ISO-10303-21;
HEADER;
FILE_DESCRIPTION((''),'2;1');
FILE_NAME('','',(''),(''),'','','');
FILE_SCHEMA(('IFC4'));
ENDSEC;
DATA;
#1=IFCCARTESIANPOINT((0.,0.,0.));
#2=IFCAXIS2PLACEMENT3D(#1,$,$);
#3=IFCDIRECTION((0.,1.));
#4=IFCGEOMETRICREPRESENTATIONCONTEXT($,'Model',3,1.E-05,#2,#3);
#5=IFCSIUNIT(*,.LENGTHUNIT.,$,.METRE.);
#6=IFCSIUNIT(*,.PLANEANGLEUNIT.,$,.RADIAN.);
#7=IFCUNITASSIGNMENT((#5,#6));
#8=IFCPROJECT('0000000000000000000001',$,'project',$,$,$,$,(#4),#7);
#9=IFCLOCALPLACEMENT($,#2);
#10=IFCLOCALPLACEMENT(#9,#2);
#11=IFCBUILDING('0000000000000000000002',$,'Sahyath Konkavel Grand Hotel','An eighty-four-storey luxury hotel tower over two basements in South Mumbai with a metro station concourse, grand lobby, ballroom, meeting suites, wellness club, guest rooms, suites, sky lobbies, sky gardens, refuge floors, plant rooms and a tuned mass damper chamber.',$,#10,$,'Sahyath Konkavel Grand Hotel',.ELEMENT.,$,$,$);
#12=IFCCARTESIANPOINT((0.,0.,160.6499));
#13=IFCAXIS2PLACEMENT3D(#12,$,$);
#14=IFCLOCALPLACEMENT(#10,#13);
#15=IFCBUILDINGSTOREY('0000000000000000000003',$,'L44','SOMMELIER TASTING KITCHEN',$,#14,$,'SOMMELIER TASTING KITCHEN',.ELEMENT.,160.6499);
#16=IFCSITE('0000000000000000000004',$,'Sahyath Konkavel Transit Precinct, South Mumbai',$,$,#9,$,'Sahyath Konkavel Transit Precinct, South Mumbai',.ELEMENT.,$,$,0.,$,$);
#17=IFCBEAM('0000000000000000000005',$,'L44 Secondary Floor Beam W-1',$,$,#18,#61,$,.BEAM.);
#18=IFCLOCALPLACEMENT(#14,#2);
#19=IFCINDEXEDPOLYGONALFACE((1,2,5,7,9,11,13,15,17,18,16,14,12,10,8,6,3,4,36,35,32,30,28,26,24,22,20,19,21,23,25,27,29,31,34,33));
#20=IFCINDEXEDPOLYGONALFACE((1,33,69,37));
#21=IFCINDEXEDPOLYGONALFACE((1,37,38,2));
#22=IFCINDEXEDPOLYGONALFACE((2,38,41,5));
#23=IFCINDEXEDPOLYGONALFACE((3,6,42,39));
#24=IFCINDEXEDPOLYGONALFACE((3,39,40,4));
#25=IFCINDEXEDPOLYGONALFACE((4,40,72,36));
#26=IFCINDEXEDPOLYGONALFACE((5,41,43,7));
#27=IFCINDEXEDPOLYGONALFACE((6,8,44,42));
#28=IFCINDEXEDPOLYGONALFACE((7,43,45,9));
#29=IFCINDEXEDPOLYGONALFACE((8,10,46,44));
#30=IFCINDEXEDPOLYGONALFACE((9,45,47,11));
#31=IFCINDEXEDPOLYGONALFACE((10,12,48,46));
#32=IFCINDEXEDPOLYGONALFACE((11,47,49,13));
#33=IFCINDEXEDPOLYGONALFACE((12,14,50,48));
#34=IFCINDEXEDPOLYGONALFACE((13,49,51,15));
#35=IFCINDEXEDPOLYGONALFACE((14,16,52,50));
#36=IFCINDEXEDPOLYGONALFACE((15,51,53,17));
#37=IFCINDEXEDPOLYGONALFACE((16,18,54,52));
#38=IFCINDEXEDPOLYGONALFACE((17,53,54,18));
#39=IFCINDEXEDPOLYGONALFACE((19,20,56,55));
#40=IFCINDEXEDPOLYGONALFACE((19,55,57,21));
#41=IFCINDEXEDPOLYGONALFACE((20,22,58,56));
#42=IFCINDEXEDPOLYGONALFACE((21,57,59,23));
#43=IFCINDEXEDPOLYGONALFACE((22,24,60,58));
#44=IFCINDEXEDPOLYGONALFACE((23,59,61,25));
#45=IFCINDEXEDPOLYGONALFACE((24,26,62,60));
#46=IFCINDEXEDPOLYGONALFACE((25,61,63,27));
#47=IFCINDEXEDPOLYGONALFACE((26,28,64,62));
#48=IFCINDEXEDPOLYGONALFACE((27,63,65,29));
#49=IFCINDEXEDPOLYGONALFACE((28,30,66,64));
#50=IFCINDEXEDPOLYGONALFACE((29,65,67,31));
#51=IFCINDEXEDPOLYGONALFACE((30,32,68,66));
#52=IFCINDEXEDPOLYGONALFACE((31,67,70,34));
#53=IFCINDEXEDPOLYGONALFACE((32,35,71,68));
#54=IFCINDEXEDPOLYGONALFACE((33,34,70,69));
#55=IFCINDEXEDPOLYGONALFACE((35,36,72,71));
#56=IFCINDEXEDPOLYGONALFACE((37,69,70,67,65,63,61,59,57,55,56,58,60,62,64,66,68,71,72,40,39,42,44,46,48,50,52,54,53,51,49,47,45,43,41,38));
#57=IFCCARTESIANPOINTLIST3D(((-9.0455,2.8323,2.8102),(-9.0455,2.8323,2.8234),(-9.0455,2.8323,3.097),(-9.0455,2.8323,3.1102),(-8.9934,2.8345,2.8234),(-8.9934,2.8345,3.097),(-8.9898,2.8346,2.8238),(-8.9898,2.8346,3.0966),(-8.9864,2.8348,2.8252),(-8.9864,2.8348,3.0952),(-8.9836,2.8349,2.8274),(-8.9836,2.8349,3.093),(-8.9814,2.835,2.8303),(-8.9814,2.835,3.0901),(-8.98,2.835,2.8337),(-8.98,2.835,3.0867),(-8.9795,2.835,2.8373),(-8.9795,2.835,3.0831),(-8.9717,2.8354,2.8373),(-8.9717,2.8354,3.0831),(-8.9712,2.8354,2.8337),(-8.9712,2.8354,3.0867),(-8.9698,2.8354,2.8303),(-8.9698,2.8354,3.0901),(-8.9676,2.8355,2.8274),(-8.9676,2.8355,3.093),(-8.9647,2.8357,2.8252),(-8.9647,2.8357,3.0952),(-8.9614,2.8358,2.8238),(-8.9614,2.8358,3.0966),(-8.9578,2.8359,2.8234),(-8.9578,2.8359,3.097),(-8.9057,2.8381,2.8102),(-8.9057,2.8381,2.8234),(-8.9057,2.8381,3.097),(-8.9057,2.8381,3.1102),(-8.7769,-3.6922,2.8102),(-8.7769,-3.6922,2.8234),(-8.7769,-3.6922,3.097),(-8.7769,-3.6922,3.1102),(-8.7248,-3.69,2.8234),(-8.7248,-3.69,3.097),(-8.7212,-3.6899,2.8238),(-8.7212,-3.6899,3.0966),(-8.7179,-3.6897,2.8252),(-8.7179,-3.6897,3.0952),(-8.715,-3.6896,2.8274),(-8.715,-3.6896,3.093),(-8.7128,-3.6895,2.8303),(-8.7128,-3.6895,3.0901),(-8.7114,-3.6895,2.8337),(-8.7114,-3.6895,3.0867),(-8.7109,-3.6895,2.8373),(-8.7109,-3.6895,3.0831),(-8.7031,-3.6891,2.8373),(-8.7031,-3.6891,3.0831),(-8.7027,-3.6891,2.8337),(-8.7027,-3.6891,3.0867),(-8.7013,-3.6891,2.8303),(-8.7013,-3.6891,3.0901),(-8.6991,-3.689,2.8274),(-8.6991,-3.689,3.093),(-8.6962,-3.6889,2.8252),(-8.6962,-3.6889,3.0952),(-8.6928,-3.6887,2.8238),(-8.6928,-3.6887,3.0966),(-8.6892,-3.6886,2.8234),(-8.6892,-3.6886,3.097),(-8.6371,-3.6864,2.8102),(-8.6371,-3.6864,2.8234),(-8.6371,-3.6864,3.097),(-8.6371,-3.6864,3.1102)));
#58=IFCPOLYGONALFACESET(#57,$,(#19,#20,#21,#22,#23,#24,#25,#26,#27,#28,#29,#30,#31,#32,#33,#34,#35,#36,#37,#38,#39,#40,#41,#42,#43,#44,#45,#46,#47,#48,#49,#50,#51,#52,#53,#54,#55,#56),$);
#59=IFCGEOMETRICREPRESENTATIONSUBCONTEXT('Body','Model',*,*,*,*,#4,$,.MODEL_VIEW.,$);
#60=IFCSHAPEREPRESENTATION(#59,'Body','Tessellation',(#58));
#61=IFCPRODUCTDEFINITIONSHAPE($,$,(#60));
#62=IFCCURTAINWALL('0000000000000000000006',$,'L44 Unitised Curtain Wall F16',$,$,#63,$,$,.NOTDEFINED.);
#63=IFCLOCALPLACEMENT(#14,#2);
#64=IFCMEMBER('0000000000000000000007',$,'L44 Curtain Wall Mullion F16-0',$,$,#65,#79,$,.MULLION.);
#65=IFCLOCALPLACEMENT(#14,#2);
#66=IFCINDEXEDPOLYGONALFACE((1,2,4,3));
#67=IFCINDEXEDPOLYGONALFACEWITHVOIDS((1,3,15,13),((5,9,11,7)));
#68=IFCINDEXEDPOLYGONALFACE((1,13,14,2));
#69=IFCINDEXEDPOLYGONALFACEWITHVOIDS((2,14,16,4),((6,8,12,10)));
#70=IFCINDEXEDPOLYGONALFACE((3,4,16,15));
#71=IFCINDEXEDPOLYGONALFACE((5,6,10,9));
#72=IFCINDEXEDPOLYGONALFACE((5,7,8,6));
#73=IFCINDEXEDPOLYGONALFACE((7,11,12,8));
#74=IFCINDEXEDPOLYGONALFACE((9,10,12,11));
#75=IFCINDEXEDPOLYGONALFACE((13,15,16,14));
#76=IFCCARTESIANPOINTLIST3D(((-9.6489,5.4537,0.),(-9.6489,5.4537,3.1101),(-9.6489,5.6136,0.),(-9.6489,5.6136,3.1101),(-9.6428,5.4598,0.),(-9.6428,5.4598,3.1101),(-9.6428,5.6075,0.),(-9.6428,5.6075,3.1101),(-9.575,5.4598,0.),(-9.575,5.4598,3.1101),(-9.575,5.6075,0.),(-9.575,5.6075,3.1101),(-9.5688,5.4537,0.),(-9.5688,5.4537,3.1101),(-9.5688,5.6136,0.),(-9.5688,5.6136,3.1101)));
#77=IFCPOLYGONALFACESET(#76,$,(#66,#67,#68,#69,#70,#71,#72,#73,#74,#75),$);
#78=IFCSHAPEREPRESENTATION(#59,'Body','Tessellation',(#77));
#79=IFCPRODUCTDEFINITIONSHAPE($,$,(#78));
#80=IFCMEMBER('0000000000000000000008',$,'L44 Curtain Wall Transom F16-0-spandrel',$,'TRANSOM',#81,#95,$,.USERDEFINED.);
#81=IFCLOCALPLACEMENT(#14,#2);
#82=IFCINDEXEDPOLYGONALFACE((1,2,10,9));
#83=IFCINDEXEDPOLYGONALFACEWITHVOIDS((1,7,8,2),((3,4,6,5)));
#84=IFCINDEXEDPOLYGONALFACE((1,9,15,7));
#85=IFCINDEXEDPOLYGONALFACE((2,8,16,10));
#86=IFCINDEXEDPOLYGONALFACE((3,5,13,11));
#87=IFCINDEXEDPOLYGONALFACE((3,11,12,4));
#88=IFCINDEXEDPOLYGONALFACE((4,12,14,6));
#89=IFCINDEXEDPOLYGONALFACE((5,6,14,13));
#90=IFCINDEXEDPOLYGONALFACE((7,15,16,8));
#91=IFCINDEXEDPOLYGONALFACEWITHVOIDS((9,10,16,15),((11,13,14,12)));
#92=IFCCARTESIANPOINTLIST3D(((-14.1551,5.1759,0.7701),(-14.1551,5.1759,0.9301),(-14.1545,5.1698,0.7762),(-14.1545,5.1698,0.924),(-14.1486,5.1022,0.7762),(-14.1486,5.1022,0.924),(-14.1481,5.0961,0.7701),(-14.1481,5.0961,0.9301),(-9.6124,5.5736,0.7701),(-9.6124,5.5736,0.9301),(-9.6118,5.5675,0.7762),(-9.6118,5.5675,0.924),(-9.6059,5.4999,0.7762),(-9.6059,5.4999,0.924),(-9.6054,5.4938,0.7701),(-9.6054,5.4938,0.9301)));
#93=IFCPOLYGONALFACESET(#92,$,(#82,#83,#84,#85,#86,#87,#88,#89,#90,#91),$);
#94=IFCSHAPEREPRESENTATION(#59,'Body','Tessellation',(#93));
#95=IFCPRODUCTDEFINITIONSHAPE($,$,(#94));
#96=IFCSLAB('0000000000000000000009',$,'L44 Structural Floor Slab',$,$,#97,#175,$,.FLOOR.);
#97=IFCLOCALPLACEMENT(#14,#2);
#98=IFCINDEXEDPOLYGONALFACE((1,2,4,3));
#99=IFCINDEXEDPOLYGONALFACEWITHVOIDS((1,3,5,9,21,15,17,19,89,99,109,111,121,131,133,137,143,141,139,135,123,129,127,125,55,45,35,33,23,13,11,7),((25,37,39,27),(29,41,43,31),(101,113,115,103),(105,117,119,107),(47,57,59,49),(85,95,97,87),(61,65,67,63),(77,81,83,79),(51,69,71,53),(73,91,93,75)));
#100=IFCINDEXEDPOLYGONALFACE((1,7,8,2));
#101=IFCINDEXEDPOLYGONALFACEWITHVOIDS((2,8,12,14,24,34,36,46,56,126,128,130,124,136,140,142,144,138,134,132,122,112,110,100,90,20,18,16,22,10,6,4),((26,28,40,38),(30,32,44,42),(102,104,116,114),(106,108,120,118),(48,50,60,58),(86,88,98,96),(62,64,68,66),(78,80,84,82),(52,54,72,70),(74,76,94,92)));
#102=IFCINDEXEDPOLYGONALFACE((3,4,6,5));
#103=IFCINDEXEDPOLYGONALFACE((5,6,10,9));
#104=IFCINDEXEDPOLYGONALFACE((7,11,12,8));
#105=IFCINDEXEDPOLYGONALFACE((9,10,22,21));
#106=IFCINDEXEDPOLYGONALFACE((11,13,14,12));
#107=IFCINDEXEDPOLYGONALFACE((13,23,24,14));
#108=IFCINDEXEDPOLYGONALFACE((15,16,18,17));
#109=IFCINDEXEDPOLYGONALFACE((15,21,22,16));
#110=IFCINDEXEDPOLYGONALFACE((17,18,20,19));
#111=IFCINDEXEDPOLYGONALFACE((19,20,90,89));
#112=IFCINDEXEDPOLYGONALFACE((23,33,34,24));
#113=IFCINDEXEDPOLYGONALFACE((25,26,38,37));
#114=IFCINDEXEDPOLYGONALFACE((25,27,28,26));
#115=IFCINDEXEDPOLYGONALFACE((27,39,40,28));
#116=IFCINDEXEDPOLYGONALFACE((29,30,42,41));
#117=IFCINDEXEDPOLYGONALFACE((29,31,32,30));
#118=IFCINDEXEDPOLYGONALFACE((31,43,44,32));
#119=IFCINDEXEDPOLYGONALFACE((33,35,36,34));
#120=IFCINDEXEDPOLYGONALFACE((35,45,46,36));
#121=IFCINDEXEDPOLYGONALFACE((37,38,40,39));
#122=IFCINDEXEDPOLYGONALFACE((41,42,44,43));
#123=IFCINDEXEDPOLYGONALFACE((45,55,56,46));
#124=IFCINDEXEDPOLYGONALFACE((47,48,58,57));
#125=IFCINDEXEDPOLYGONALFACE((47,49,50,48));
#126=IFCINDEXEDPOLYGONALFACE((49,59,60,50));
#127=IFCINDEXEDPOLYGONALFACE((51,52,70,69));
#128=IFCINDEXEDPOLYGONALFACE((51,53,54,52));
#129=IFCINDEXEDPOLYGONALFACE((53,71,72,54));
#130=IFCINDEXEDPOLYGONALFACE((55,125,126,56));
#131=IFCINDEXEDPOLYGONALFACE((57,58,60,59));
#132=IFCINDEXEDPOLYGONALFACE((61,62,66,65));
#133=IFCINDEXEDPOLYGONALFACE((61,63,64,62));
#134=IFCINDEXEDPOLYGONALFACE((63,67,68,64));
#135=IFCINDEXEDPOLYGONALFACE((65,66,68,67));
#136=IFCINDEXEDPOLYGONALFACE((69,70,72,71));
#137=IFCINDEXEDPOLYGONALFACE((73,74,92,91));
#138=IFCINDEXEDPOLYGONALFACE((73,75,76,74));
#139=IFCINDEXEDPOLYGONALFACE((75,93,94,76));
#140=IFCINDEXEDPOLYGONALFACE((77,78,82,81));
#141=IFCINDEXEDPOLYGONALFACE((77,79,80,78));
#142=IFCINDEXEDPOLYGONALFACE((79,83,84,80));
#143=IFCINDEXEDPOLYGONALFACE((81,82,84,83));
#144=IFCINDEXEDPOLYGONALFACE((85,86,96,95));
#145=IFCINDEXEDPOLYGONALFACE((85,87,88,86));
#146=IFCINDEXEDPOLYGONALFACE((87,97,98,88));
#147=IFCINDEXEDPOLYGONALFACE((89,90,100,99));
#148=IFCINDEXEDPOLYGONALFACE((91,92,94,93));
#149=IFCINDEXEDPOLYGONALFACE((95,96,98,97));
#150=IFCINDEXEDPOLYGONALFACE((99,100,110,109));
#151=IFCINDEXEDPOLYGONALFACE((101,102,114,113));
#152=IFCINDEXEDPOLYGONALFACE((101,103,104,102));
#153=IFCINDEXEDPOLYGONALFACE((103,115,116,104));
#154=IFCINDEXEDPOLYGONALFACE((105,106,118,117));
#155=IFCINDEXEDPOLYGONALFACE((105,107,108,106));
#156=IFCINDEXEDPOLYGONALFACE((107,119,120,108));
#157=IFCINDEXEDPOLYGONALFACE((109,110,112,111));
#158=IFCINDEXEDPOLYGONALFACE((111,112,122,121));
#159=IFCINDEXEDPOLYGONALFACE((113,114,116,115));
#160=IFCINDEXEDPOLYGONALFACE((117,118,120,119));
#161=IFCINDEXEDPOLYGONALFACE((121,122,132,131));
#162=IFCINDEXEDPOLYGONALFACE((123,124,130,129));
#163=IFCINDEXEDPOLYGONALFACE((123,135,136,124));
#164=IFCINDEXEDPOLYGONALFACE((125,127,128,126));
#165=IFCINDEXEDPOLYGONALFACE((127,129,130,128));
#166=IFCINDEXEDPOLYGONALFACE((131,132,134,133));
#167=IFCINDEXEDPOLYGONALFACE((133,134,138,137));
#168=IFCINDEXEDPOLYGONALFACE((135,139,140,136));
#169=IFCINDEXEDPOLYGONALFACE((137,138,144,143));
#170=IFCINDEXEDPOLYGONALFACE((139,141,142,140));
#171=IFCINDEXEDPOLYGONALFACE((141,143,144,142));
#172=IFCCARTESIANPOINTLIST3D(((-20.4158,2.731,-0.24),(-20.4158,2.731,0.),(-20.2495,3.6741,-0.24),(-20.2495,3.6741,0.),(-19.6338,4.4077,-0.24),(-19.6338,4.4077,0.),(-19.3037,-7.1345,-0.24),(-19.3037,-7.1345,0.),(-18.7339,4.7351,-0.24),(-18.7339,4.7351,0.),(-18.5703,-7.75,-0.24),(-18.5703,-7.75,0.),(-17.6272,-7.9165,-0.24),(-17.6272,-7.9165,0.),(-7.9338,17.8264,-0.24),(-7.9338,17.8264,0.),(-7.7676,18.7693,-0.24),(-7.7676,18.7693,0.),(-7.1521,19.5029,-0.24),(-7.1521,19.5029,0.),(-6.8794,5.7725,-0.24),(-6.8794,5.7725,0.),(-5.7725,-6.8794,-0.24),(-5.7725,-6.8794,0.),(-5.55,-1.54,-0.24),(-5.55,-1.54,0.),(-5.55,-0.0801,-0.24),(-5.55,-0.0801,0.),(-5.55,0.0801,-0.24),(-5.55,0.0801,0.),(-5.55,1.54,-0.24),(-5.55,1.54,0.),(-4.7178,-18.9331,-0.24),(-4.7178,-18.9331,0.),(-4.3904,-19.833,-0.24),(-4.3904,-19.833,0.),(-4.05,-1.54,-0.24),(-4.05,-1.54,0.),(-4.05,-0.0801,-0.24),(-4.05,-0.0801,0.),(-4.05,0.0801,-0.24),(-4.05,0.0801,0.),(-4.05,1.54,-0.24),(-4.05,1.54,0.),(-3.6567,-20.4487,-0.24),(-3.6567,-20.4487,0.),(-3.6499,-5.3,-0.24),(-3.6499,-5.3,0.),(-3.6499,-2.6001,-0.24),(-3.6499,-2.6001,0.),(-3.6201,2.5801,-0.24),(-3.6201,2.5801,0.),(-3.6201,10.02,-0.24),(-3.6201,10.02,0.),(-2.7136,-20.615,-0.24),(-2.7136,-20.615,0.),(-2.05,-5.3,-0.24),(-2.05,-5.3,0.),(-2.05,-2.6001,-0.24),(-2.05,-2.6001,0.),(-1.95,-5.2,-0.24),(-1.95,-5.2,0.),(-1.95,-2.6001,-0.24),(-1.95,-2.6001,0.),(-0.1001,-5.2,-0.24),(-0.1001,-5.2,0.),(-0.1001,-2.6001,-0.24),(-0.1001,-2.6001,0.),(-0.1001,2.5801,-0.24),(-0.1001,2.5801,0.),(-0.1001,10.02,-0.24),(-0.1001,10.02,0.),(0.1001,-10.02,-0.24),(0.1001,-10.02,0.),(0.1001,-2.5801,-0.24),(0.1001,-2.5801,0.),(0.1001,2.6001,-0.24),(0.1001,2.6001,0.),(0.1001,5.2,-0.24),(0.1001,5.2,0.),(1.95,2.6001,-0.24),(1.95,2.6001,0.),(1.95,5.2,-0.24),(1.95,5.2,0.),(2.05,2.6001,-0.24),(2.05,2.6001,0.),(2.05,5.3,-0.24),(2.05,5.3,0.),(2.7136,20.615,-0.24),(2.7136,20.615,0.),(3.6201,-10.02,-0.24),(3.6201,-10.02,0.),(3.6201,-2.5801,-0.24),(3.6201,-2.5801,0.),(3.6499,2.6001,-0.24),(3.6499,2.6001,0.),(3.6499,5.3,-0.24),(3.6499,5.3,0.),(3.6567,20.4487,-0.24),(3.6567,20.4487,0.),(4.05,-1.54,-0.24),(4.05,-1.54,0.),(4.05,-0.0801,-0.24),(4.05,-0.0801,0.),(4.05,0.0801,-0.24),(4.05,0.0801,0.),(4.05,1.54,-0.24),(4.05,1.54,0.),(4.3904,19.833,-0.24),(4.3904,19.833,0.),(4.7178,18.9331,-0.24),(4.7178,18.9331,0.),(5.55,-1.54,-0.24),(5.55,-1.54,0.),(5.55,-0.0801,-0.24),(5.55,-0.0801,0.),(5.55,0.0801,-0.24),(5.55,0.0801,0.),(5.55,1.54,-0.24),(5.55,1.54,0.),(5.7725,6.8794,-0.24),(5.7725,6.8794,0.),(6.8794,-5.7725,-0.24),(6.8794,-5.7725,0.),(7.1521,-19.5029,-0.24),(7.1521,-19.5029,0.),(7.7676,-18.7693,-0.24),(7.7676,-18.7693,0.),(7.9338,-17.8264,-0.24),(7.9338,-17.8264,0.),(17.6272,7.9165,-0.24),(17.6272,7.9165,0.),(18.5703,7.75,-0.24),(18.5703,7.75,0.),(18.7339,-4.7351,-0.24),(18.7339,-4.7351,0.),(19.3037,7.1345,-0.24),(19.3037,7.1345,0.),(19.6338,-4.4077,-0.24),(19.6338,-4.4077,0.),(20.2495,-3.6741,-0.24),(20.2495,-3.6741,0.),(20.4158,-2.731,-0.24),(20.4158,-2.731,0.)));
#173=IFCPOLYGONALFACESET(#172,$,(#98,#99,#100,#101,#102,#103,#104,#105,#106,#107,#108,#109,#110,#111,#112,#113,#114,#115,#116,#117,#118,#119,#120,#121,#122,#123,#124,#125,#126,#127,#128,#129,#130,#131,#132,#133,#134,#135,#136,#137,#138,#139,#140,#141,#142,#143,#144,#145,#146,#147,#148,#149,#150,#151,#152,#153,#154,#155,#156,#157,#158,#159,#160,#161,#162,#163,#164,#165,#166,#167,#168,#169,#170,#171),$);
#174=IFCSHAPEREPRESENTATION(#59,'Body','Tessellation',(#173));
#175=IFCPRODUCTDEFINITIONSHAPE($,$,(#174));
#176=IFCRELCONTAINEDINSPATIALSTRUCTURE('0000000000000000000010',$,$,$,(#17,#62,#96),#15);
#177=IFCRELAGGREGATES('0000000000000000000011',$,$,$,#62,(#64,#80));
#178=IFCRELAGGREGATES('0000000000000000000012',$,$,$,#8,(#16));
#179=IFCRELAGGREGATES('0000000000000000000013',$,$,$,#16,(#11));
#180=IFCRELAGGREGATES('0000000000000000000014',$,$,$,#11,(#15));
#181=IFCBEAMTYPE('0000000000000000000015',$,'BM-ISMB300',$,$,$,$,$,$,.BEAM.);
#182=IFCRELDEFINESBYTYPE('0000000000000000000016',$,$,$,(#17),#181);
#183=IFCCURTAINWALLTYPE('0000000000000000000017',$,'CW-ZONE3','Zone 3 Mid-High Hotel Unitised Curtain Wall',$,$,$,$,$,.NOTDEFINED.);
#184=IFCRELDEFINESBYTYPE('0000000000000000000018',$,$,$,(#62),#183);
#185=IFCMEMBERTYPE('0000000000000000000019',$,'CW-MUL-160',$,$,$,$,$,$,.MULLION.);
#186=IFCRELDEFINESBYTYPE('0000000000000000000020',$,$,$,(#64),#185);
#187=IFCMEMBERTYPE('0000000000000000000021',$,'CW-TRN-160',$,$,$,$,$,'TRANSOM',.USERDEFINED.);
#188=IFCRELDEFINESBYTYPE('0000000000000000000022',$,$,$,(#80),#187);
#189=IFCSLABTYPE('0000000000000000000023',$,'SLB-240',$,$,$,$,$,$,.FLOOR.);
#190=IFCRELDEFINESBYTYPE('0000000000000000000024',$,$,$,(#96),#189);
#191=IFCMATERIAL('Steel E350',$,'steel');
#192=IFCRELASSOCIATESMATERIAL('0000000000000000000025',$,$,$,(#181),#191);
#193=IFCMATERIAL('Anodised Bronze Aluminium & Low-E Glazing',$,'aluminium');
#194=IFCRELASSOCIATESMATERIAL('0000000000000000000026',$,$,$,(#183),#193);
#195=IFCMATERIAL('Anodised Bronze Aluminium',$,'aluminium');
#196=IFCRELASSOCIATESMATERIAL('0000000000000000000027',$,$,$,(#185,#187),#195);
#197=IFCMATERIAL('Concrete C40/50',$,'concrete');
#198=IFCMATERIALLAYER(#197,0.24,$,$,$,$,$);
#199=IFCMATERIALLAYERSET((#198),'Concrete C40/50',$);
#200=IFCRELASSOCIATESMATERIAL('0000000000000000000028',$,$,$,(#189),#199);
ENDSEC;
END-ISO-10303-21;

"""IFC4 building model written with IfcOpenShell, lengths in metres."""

from ifc_helpers import new_model, si_unit, direction, frame, origin, origin_2d, place, context, subcontext, project, spatial, polyline, hollow_rectangle, i_section, outline, extrude, source, transform, mapped, material, layer, layer_set, material_profile, profile_set, type_object, element, aggregate, save


model = new_model("IFC4")

# Units and contexts
model_context = context("Model", 3, precision=1e-05, world=origin(), true_north=direction((0.0, 1.0)))
body_context = subcontext(model_context, "Body", "Model", "MODEL_VIEW")
ifc_project = project(units=[si_unit("LENGTHUNIT", "METRE"), si_unit("PLANEANGLEUNIT", "RADIAN")], contexts=[model_context])

# Site, building, storey
site_placement = place(None, origin())
site = spatial("IfcSite", under=ifc_project, at=site_placement, Name="Sahyath Konkavel Transit Precinct, South Mumbai", LongName="Sahyath Konkavel Transit Precinct, South Mumbai", CompositionType="ELEMENT", RefElevation=0.0)
building_placement = place(site_placement, origin())
building = spatial("IfcBuilding", under=site, at=building_placement, Name="Sahyath Konkavel Grand Hotel", Description="An eighty-four-storey luxury hotel tower over two basements in South Mumbai with a metro station concourse, grand lobby, ballroom, meeting suites, wellness club, guest rooms, suites, sky lobbies, sky gardens, refuge floors, plant rooms and a tuned mass damper chamber.", LongName="Sahyath Konkavel Grand Hotel", CompositionType="ELEMENT")
storey_placement = place(building_placement, frame((0.0, 0.0, 160.6499)))
storey = spatial("IfcBuildingStorey", under=building, at=storey_placement, Name="L44", Description="SOMMELIER TASTING KITCHEN", LongName="SOMMELIER TASTING KITCHEN", CompositionType="ELEMENT", Elevation=160.6499)

# Beam
ifc_material_1 = material(Name="Steel E350", Category="steel")
ifc_material_profile_1 = material_profile(ifc_material_1, i_section(OverallWidth=0.1399, OverallDepth=0.3, WebThickness=0.0078, FlangeThickness=0.0132, FilletRadius=0.0139, at=origin_2d()), Name="ISMB 300")
ifc_profile_set_1 = profile_set([ifc_material_profile_1], Name="Steel E350")
beam_type_1 = type_object("IfcBeamType", Name="BM-ISMB300", PredefinedType="BEAM", material=ifc_profile_set_1)
shared_shape_1 = source(origin(), body_context, "Body", "SweptSolid", [
    extrude(i_section(OverallWidth=0.1399, OverallDepth=0.3, WebThickness=0.0078, FlangeThickness=0.0132, FilletRadius=0.0139, at=origin_2d()), origin(), (0.0, 0.0, 1.0), 6.53),
])
beam_1_placement = place(storey_placement, frame((-8.9756, 2.8352, 2.9602), z_axis=(0.041127, -0.999154, 0.0), x_axis=(0.999154, 0.041127, 0.0)))
element("IfcBeam", 1, at=beam_1_placement, inside=storey, type_object=beam_type_1, Name="L44 Secondary Floor Beam W-1", PredefinedType="BEAM", context=body_context, shape_type="MappedRepresentation", body=[
    mapped(shared_shape_1, transform((0.0, 0.0, 0.0), scale=1.0)),
])

# Curtain wall, members
ifc_material_2 = material(Name="Anodised Bronze Aluminium & Low-E Glazing", Category="aluminium")
curtain_wall_type = type_object("IfcCurtainWallType", Name="CW-ZONE3", Description="Zone 3 Mid-High Hotel Unitised Curtain Wall", PredefinedType="NOTDEFINED", material=ifc_material_2)
curtain_wall_placement = place(storey_placement, origin())
curtain_wall = element("IfcCurtainWall", 2, at=curtain_wall_placement, inside=storey, type_object=curtain_wall_type, Name="L44 Unitised Curtain Wall F16", PredefinedType="NOTDEFINED")
ifc_material_3 = material(Name="Anodised Bronze Aluminium", Category="aluminium")
ifc_material_profile_2 = material_profile(ifc_material_3, hollow_rectangle(XDim=0.0801, YDim=0.1599, WallThickness=0.0061, at=origin_2d()), Name="RHS 160x80x6")
ifc_profile_set_2 = profile_set([ifc_material_profile_2], Name="Anodised Bronze Aluminium")
member_type_1 = type_object("IfcMemberType", Name="CW-MUL-160", PredefinedType="MULLION", material=ifc_profile_set_2)
shared_shape_2 = source(origin(), body_context, "Body", "SweptSolid", [
    extrude(hollow_rectangle(XDim=0.0801, YDim=0.1599, WallThickness=0.0061, at=origin_2d()), origin(), (0.0, 0.0, 1.0), 3.1101),
])
member_1_placement = place(storey_placement, frame((-9.6089, 5.5337, 0.0), z_axis=(0.0, 0.0, 1.0), x_axis=(1.0, 0.0, 0.0)))
member_1 = element("IfcMember", 3, at=member_1_placement, type_object=member_type_1, Name="L44 Curtain Wall Mullion F16-0", PredefinedType="MULLION", context=body_context, shape_type="MappedRepresentation", body=[
    mapped(shared_shape_2, transform((0.0, 0.0, 0.0), scale=1.0)),
])
ifc_material_profile_3 = material_profile(ifc_material_3, hollow_rectangle(XDim=0.0801, YDim=0.1599, WallThickness=0.0061, at=origin_2d()), Name="RHS 160x80x6")
ifc_profile_set_3 = profile_set([ifc_material_profile_3], Name="Anodised Bronze Aluminium")
member_type_2 = type_object("IfcMemberType", Name="CW-TRN-160", ElementType="TRANSOM", PredefinedType="USERDEFINED", material=ifc_profile_set_3)
shared_shape_3 = source(origin(), body_context, "Body", "SweptSolid", [
    extrude(hollow_rectangle(XDim=0.0801, YDim=0.1599, WallThickness=0.0061, at=origin_2d()), origin(), (0.0, 0.0, 1.0), 4.5601),
])
member_2_placement = place(storey_placement, frame((-9.6089, 5.5337, 0.8501), z_axis=(-0.99619, -0.087214, 0.0), x_axis=(0.087214, -0.99619, 0.0)))
member_2 = element("IfcMember", 4, at=member_2_placement, type_object=member_type_2, Name="L44 Curtain Wall Transom F16-0-spandrel", ObjectType="TRANSOM", PredefinedType="USERDEFINED", context=body_context, shape_type="MappedRepresentation", body=[
    mapped(shared_shape_3, transform((0.0, 0.0, 0.0), scale=1.0)),
])

# Slab
ifc_material_4 = material(Name="Concrete C40/50", Category="concrete")
ifc_layer_1 = layer(ifc_material_4, 0.24)
ifc_layer_set_1 = layer_set([ifc_layer_1], Name="Concrete C40/50")
slab_type_1 = type_object("IfcSlabType", Name="SLB-240", PredefinedType="FLOOR", material=ifc_layer_set_1)
slab_1_placement = place(storey_placement, frame((0.0, 0.0, -0.24)))
element("IfcSlab", 5, at=slab_1_placement, inside=storey, type_object=slab_type_1, Name="L44 Structural Floor Slab", PredefinedType="FLOOR", context=body_context, shape_type="SweptSolid", body=[
    extrude(outline(polyline([(6.8794, -5.7725), (18.7339, -4.7351), (19.6338, -4.4077), (20.2495, -3.6741), (20.4158, -2.731), (19.3037, 7.1345), (18.5703, 7.75), (17.6272, 7.9165), (5.7725, 6.8794), (4.7178, 18.9331), (4.3904, 19.833), (3.6567, 20.4487), (2.7136, 20.615), (-7.1521, 19.5029), (-7.7676, 18.7693), (-7.9338, 17.8264), (-6.8794, 5.7725), (-18.7339, 4.7351), (-19.6338, 4.4077), (-20.2495, 3.6741), (-20.4158, 2.731), (-19.3037, -7.1345), (-18.5703, -7.75), (-17.6272, -7.9165), (-5.7725, -6.8794), (-4.7178, -18.9331), (-4.3904, -19.833), (-3.6567, -20.4487), (-2.7136, -20.615), (7.1521, -19.5029), (7.7676, -18.7693), (7.9338, -17.8264), (6.8794, -5.7725)]), holes=[polyline([(-3.6201, 2.5801), (-0.1001, 2.5801), (-0.1001, 10.02), (-3.6201, 10.02), (-3.6201, 2.5801)]), polyline([(0.1001, -10.02), (3.6201, -10.02), (3.6201, -2.5801), (0.1001, -2.5801), (0.1001, -10.02)]), polyline([(0.1001, 2.6001), (1.95, 2.6001), (1.95, 5.2), (0.1001, 5.2), (0.1001, 2.6001)]), polyline([(-1.95, -5.2), (-0.1001, -5.2), (-0.1001, -2.6001), (-1.95, -2.6001), (-1.95, -5.2)]), polyline([(2.05, 2.6001), (3.6499, 2.6001), (3.6499, 5.3), (2.05, 5.3), (2.05, 2.6001)]), polyline([(-3.6499, -5.3), (-2.05, -5.3), (-2.05, -2.6001), (-3.6499, -2.6001), (-3.6499, -5.3)]), polyline([(4.05, 0.0801), (5.55, 0.0801), (5.55, 1.54), (4.05, 1.54), (4.05, 0.0801)]), polyline([(4.05, -1.54), (5.55, -1.54), (5.55, -0.0801), (4.05, -0.0801), (4.05, -1.54)]), polyline([(-5.55, 0.0801), (-4.05, 0.0801), (-4.05, 1.54), (-5.55, 1.54), (-5.55, 0.0801)]), polyline([(-5.55, -1.54), (-4.05, -1.54), (-4.05, -0.0801), (-5.55, -0.0801), (-5.55, -1.54)])]), origin(), (0.0, 0.0, 1.0), 0.24),
])

aggregate(curtain_wall, [member_1, member_2])

save(model, "model.ifc")
